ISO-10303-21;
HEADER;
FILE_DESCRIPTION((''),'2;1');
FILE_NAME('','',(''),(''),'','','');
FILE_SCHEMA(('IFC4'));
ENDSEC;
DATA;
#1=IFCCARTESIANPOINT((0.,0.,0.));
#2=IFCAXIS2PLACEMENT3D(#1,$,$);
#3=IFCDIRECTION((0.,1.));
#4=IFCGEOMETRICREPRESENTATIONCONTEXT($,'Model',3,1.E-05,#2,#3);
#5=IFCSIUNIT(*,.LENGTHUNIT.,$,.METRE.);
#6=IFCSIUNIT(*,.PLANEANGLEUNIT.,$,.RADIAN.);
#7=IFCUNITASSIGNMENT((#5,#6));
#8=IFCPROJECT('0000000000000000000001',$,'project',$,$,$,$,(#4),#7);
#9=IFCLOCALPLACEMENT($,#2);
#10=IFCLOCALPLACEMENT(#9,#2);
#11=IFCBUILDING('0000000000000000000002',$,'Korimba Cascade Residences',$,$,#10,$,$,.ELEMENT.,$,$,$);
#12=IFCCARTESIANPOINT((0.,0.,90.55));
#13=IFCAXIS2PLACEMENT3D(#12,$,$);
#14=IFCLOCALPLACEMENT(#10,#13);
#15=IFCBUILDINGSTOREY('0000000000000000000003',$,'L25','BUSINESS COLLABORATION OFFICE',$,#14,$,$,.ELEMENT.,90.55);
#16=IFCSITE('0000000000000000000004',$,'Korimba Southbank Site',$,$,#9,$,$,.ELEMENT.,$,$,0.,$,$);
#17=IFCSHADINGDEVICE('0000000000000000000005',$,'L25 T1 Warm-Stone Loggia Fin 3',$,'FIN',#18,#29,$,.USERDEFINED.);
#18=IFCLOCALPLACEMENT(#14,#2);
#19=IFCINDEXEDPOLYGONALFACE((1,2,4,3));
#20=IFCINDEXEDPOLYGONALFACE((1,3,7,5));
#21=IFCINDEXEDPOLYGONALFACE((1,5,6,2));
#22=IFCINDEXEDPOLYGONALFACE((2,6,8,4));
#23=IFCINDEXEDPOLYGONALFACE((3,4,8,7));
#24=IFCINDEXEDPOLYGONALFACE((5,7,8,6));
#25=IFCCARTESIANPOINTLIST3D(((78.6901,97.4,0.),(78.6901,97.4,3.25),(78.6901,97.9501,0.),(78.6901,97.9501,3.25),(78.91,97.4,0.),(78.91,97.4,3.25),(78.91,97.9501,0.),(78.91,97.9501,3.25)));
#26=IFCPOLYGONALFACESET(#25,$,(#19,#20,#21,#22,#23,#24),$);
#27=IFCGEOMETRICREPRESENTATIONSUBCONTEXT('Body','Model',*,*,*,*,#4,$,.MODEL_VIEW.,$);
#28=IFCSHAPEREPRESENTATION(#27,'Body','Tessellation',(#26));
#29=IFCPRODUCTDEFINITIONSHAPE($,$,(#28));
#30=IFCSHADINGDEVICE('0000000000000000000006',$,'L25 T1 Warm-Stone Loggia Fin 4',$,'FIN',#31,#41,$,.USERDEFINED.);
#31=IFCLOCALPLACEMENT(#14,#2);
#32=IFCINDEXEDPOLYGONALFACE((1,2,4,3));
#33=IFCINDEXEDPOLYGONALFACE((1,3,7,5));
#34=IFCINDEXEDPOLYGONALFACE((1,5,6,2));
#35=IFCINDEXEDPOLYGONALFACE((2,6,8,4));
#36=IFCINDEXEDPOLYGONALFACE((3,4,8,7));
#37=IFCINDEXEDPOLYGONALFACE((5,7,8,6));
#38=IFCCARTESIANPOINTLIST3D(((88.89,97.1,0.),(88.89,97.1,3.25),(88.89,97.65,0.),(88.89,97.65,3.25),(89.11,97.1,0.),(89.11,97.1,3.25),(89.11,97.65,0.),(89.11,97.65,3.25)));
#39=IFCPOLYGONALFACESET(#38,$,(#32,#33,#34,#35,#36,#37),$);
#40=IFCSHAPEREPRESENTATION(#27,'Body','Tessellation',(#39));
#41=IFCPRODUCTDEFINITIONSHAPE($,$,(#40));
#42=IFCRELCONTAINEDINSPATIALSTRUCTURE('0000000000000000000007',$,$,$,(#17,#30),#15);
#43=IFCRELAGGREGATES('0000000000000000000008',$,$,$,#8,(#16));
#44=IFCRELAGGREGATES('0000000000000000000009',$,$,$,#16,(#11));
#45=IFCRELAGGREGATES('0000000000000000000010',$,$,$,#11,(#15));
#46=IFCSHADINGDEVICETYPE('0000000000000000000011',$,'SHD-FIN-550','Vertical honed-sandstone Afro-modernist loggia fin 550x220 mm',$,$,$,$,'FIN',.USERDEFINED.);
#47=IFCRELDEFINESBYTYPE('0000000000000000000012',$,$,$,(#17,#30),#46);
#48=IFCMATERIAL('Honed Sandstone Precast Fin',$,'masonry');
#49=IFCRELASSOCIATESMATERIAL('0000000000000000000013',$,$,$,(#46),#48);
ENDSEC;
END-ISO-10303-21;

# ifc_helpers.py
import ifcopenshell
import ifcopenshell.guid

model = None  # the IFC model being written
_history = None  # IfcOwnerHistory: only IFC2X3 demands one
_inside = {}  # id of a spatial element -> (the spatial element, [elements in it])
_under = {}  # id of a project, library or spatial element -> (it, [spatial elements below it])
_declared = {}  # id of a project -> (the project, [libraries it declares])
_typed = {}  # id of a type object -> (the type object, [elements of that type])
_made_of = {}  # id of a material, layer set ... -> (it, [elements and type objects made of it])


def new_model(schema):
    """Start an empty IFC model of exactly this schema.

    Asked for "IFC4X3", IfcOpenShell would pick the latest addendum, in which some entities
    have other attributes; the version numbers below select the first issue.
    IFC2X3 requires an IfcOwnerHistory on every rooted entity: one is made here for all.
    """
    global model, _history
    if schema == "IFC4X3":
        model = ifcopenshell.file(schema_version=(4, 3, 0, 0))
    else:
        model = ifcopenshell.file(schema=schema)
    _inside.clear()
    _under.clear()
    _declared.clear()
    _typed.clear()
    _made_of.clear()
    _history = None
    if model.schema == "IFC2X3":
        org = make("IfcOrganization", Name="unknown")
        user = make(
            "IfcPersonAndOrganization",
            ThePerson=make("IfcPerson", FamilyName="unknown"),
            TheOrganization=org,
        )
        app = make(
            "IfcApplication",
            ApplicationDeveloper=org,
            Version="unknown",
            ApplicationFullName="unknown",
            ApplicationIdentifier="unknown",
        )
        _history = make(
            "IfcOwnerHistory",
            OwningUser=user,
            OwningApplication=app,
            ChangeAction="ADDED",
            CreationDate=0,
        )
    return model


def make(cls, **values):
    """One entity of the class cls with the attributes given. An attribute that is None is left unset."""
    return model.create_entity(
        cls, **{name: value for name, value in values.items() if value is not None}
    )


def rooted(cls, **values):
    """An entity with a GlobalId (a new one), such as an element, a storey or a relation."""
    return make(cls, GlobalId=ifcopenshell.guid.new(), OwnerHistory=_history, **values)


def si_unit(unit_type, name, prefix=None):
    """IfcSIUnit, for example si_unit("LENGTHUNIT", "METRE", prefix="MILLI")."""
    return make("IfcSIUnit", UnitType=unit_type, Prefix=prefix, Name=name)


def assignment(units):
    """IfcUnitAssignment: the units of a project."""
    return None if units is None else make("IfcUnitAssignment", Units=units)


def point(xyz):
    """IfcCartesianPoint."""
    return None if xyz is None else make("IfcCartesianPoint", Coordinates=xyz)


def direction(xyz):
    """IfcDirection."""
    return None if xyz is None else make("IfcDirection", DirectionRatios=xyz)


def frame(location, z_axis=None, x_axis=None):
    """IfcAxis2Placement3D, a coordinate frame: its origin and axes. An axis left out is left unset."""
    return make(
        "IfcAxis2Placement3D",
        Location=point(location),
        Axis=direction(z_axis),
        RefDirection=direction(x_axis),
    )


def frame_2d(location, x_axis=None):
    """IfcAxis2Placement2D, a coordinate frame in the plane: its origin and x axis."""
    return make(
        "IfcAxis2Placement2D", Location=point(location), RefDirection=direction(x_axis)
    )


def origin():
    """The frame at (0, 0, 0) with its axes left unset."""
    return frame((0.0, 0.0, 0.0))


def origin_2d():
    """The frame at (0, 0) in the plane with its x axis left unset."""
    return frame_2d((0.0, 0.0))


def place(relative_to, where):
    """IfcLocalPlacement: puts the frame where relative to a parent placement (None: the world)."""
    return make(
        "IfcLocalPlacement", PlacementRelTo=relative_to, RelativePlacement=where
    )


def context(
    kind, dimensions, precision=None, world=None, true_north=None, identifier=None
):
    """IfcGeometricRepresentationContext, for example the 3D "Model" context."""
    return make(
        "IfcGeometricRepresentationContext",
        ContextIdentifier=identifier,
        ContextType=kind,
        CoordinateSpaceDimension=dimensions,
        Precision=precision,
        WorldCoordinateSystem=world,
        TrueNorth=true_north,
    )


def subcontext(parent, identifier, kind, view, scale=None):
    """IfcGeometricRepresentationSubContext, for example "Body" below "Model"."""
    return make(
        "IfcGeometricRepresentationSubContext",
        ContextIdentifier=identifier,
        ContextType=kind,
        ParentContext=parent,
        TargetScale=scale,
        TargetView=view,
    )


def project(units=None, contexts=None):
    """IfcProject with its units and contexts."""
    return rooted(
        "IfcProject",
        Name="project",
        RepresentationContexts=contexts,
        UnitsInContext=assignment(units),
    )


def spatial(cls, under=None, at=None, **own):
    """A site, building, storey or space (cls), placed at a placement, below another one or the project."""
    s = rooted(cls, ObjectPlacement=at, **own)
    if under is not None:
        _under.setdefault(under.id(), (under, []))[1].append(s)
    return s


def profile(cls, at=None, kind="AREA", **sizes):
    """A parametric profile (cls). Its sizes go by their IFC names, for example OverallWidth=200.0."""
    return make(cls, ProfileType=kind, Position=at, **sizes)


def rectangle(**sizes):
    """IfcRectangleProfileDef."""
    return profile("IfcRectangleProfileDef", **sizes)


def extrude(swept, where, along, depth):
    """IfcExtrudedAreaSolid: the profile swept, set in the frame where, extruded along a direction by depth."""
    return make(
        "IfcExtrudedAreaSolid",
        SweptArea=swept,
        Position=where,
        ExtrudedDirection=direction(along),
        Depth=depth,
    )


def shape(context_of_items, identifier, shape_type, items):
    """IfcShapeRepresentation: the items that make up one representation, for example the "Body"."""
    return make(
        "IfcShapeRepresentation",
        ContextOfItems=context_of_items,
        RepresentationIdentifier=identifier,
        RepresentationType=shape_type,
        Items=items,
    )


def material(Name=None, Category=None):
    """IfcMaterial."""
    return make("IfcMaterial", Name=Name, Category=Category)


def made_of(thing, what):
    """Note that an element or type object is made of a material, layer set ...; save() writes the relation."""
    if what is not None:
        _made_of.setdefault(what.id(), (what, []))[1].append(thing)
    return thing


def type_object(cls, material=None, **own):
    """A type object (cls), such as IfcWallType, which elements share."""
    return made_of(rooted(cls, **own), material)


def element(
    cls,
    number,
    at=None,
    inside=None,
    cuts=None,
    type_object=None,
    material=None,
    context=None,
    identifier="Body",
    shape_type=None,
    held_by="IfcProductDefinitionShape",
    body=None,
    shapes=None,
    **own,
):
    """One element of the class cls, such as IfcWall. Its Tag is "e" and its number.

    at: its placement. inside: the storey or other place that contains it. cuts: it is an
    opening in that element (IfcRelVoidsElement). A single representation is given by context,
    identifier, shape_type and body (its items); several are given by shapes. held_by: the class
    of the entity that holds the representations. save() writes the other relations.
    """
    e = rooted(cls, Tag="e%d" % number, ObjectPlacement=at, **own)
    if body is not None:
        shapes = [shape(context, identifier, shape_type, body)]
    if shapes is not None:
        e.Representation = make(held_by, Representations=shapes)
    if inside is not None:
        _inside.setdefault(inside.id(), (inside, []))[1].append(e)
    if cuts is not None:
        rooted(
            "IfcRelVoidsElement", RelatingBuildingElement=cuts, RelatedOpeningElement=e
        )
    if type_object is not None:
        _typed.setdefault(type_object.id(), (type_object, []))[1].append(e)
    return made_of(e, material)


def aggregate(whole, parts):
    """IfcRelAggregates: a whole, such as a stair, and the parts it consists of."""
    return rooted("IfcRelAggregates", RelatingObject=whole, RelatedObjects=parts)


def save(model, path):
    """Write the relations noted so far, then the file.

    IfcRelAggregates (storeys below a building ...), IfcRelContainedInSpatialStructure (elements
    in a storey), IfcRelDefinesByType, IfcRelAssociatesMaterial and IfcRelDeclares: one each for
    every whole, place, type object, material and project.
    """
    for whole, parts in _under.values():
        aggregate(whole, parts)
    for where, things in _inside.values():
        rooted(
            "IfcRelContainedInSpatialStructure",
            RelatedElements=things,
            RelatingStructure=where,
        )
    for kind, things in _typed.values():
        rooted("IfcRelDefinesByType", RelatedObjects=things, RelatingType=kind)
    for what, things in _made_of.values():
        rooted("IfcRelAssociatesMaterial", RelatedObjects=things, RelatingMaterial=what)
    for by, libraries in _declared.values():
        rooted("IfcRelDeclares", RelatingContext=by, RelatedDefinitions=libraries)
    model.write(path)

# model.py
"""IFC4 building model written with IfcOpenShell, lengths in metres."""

from ifc_helpers import new_model, si_unit, direction, frame, origin, origin_2d, place, context, subcontext, project, spatial, rectangle, extrude, material, type_object, element, save


model = new_model("IFC4")

# Units and contexts
model_context = context("Model", 3, precision=1e-05, world=origin(), true_north=direction((0.0, 1.0)))
body_context = subcontext(model_context, "Body", "Model", "MODEL_VIEW")
ifc_project = project(units=[si_unit("LENGTHUNIT", "METRE"), si_unit("PLANEANGLEUNIT", "RADIAN")], contexts=[model_context])

# Site, building, storey
site_placement = place(None, origin())
site = spatial("IfcSite", under=ifc_project, at=site_placement, Name="Korimba Southbank Site", CompositionType="ELEMENT", RefElevation=0.0)
building_placement = place(site_placement, origin())
building = spatial("IfcBuilding", under=site, at=building_placement, Name="Korimba Cascade Residences", CompositionType="ELEMENT")
storey_placement = place(building_placement, frame((0.0, 0.0, 90.55)))
storey = spatial("IfcBuildingStorey", under=building, at=storey_placement, Name="L25", Description="BUSINESS COLLABORATION OFFICE", CompositionType="ELEMENT", Elevation=90.55)

# Shading devices
ifc_material_1 = material(Name="Honed Sandstone Precast Fin", Category="masonry")
shading_device_type = type_object("IfcShadingDeviceType", Name="SHD-FIN-550", Description="Vertical honed-sandstone Afro-modernist loggia fin 550x220 mm", ElementType="FIN", PredefinedType="USERDEFINED", material=ifc_material_1)
for number, where, z_axis, x_axis, name in (
    (1, (78.8, 97.675, 0.0), (0.0, 0.0, 1.0), (1.0, 0.0, 0.0), "L25 T1 Warm-Stone Loggia Fin 3"),
    (2, (89.0, 97.375, 0.0), (0.0, 0.0, 1.0), (1.0, 0.0, 0.0), "L25 T1 Warm-Stone Loggia Fin 4"),
):
    element("IfcShadingDevice", number, at=place(storey_placement, frame(where, z_axis=z_axis, x_axis=x_axis)), inside=storey, type_object=shading_device_type, Name=name, ObjectType="FIN", PredefinedType="USERDEFINED", context=body_context, shape_type="SweptSolid", body=[
        extrude(rectangle(XDim=0.22, YDim=0.55, at=origin_2d()), origin(), (0.0, 0.0, 1.0), 3.25),
    ])

save(model, "model.ifc")
